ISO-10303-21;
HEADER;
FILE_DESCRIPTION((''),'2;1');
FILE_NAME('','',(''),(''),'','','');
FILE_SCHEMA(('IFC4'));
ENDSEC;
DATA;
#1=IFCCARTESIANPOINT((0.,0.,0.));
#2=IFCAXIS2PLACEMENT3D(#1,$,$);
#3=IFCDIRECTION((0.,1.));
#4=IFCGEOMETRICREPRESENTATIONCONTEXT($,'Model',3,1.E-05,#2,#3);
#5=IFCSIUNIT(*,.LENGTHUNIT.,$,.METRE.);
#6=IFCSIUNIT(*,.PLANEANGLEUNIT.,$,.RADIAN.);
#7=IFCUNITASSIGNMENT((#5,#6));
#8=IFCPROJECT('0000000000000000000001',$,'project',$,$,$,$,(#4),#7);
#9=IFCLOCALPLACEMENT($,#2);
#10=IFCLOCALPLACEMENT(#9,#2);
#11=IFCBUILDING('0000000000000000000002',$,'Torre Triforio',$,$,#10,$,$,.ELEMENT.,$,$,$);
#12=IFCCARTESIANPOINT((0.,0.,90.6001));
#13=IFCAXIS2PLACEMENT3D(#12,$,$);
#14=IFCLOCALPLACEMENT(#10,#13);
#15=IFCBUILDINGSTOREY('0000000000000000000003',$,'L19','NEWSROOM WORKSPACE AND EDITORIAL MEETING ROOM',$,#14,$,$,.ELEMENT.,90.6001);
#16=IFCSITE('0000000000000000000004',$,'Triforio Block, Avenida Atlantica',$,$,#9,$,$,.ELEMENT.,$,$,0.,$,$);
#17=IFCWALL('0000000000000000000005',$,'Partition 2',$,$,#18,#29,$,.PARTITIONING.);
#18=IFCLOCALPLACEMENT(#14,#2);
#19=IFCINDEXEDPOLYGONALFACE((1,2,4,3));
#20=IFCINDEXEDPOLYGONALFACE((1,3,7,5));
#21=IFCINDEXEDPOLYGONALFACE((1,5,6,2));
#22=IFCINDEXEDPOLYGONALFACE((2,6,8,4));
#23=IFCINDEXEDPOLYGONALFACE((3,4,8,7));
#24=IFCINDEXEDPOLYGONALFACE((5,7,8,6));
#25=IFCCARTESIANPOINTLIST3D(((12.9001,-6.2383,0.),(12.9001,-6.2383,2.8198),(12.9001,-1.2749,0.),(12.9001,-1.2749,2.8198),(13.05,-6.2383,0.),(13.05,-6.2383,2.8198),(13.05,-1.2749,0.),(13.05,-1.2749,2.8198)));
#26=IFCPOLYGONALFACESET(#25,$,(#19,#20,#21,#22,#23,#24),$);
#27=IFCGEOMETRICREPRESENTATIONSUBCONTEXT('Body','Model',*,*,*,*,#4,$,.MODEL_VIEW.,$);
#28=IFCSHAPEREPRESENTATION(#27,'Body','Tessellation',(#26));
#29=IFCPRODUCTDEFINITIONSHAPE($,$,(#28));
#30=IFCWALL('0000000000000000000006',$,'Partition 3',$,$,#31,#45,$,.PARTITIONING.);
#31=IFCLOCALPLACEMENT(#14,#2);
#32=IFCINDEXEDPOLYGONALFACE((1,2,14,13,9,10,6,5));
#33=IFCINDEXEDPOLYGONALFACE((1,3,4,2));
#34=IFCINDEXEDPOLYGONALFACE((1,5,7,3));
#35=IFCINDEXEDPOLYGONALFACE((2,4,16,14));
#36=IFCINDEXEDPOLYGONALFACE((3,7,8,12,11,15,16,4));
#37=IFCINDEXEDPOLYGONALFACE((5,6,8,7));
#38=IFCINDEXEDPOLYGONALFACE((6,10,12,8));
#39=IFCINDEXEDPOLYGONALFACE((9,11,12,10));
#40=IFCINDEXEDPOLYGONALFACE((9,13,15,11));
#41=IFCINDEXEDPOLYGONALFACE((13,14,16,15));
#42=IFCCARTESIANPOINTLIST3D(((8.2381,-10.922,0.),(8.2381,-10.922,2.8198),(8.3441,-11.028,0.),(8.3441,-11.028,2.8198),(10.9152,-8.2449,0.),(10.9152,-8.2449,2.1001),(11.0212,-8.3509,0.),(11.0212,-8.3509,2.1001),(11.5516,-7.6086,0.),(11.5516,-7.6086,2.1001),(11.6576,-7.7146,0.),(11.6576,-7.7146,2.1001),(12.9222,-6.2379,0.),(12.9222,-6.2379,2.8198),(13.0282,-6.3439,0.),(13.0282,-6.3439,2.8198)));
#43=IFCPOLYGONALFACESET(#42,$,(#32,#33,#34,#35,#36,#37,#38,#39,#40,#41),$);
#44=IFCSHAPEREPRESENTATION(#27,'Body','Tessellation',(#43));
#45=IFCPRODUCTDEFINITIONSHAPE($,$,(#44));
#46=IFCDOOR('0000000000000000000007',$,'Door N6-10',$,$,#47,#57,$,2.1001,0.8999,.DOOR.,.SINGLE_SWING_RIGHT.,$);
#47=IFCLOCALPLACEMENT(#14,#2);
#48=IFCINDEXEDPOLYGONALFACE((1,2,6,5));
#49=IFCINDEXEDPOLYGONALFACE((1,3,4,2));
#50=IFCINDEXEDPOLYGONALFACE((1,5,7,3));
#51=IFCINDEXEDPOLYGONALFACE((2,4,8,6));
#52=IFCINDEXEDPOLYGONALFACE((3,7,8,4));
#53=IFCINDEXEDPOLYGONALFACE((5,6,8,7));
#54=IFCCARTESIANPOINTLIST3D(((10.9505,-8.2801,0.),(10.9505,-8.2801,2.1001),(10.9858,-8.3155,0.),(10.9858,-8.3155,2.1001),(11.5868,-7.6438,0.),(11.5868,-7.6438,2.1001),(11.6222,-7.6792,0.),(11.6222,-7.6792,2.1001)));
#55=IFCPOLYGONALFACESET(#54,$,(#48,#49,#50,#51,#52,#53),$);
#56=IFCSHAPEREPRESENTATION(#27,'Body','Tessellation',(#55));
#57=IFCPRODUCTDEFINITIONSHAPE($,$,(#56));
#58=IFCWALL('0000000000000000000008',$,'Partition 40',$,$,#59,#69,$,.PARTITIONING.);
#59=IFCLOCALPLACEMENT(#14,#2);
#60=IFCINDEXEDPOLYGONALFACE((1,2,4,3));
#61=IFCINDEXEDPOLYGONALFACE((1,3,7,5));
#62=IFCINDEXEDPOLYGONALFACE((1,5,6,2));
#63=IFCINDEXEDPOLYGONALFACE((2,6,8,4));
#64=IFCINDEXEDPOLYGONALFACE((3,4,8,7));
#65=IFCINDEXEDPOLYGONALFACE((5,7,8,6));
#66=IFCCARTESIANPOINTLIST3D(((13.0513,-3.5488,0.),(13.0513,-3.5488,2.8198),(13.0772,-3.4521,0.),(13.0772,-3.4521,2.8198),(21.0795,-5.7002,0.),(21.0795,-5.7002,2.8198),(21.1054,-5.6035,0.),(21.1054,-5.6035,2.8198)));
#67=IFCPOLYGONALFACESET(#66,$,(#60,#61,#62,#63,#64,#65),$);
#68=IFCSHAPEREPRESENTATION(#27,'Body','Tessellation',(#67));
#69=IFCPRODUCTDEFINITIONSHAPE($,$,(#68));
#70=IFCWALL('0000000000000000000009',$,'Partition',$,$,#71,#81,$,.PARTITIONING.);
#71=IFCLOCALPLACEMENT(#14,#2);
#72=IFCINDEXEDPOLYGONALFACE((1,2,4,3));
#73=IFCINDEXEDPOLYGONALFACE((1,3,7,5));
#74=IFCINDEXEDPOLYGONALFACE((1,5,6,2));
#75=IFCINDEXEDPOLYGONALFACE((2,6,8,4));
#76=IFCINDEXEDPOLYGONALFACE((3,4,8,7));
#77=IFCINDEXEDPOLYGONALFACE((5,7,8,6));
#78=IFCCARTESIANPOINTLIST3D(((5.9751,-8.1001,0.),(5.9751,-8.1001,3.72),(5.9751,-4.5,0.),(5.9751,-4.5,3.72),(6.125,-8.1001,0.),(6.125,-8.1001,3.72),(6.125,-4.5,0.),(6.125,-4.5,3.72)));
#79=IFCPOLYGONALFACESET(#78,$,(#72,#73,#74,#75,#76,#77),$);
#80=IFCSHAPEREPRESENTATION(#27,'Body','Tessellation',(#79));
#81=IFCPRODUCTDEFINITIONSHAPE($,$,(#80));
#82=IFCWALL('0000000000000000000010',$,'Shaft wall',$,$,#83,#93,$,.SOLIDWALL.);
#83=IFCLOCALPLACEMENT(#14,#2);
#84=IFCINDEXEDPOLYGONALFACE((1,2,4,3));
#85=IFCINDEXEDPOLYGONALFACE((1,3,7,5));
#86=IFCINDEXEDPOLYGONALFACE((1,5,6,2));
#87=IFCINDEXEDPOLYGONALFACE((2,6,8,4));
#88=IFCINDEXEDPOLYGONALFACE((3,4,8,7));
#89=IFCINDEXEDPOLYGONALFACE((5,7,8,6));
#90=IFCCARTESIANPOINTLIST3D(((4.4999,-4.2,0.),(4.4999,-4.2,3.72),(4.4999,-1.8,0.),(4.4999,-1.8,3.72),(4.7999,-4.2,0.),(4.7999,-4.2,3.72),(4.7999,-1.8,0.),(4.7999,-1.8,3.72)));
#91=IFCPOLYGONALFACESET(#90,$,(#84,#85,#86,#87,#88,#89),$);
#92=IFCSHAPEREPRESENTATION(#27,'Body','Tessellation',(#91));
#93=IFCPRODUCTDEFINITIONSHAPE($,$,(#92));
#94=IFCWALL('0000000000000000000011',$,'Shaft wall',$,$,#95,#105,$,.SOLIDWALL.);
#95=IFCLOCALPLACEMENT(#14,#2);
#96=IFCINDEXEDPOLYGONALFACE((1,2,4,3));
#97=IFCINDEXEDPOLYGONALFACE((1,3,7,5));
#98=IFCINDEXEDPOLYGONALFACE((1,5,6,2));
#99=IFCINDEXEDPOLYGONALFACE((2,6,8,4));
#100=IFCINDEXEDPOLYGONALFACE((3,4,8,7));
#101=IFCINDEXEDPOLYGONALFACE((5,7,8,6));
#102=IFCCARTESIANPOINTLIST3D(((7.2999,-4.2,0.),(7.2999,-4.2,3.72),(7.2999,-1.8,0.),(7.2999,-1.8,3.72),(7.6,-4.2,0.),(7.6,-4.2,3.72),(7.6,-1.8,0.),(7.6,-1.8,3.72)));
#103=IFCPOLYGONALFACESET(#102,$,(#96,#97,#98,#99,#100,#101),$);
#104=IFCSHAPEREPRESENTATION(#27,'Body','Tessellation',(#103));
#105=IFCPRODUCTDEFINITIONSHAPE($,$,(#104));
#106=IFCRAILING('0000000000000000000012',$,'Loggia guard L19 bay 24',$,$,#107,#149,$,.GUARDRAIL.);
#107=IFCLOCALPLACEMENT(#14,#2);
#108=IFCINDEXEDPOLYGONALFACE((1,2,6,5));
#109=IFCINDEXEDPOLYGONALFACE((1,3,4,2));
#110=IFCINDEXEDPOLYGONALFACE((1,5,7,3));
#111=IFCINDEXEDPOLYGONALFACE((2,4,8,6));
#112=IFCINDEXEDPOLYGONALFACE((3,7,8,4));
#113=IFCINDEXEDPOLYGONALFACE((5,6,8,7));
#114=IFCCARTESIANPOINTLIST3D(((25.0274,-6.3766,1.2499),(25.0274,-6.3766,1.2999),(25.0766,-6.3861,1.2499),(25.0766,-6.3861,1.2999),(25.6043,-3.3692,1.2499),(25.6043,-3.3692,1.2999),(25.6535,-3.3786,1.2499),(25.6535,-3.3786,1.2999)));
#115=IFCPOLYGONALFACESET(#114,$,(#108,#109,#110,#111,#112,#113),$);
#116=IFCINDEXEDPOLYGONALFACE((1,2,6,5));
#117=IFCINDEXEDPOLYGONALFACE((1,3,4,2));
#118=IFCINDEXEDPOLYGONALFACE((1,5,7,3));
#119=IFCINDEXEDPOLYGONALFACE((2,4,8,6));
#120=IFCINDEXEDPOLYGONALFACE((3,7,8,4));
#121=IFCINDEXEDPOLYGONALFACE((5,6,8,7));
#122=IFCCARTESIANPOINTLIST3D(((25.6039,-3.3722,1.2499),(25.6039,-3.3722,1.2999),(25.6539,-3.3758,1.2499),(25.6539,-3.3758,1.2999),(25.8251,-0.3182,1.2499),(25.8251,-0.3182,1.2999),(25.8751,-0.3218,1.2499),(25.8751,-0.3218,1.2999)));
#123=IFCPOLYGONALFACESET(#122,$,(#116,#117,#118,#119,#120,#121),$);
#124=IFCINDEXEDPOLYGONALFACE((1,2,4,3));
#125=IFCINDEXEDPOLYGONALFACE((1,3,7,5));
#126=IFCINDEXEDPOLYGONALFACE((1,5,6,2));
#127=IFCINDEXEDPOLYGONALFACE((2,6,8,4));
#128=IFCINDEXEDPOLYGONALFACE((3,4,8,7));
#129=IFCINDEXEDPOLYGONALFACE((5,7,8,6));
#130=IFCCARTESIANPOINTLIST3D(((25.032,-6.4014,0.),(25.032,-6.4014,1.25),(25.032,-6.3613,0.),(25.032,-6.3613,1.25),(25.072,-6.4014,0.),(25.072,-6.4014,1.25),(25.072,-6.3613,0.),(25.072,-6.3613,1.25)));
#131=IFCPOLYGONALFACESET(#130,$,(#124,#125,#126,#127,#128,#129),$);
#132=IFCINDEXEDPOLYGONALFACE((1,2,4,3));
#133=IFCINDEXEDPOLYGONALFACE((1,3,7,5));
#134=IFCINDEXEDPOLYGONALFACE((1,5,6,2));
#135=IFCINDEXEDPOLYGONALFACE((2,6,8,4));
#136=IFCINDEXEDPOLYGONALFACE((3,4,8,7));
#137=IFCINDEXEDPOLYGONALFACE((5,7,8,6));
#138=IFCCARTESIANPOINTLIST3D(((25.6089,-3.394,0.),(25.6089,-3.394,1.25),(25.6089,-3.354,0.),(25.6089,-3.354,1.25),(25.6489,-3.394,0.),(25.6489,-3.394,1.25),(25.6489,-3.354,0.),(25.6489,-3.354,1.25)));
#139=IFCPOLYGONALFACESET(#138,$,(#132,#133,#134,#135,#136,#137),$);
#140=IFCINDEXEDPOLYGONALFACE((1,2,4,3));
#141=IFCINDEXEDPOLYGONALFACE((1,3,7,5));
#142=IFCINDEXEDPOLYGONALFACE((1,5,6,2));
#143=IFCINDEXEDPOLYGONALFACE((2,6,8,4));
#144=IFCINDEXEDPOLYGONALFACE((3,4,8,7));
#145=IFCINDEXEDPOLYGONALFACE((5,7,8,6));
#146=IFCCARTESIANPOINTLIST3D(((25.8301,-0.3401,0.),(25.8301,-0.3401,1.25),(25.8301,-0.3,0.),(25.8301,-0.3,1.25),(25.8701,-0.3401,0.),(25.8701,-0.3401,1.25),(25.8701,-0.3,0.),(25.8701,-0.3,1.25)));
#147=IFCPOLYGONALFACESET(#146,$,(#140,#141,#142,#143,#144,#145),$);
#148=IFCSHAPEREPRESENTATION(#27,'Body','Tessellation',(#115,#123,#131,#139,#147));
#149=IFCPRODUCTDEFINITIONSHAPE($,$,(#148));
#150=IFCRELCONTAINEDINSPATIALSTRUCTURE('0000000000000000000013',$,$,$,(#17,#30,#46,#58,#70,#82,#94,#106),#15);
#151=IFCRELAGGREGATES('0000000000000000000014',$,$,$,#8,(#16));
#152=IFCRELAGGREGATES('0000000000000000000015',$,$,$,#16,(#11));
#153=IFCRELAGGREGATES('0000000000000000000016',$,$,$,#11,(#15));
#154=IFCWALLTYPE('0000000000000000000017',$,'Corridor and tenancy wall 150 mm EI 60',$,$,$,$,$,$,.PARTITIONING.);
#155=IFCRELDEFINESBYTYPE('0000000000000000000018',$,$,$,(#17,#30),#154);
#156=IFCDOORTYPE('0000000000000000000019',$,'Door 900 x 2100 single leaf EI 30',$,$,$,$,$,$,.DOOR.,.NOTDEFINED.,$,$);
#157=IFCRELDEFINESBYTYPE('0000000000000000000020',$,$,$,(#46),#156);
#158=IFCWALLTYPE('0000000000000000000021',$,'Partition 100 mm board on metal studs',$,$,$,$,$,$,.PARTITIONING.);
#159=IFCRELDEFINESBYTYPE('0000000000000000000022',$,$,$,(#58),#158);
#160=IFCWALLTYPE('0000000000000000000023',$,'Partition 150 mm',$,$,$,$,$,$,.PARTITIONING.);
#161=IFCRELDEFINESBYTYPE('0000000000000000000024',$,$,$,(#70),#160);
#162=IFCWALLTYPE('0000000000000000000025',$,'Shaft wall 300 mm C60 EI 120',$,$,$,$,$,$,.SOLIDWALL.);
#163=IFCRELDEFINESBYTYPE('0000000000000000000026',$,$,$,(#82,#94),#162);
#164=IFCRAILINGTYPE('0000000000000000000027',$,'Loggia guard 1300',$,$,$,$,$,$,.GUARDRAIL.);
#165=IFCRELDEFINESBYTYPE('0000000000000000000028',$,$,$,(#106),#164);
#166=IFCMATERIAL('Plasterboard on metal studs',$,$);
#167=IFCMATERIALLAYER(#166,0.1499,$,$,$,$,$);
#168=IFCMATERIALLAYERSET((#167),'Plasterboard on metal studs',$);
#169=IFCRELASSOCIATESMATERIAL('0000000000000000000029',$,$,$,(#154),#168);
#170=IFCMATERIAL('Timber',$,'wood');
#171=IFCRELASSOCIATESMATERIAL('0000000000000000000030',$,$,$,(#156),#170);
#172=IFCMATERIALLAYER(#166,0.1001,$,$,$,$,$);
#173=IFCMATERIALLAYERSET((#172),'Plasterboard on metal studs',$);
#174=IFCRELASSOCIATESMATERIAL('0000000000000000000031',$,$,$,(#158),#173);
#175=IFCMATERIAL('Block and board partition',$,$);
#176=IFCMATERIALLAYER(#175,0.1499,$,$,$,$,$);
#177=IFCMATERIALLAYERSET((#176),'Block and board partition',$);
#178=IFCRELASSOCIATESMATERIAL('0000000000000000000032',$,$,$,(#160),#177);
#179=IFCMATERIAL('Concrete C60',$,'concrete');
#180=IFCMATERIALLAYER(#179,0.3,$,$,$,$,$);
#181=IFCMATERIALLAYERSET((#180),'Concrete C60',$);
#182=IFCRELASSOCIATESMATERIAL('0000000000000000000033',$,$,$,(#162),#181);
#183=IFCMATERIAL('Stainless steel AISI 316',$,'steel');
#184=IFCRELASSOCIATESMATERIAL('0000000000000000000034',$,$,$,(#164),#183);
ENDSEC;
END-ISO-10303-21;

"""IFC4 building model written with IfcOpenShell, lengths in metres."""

from ifc_helpers import new_model, si_unit, direction, frame, frame_2d, origin, origin_2d, place, context, subcontext, project, spatial, rectangle, extrude, material, layer, layer_set, type_object, element, fill, save


model = new_model("IFC4")

# Units and contexts
model_context = context("Model", 3, precision=1e-05, world=origin(), true_north=direction((0.0, 1.0)))
body_context = subcontext(model_context, "Body", "Model", "MODEL_VIEW")
ifc_project = project(units=[si_unit("LENGTHUNIT", "METRE"), si_unit("PLANEANGLEUNIT", "RADIAN")], contexts=[model_context])

# Site, building, storey
site_placement = place(None, origin())
site = spatial("IfcSite", under=ifc_project, at=site_placement, Name="Triforio Block, Avenida Atlantica", CompositionType="ELEMENT", RefElevation=0.0)
building_placement = place(site_placement, origin())
building = spatial("IfcBuilding", under=site, at=building_placement, Name="Torre Triforio", CompositionType="ELEMENT")
storey_placement = place(building_placement, frame((0.0, 0.0, 90.6001)))
storey = spatial("IfcBuildingStorey", under=building, at=storey_placement, Name="L19", Description="NEWSROOM WORKSPACE AND EDITORIAL MEETING ROOM", CompositionType="ELEMENT", Elevation=90.6001)

# Shared definitions
ifc_material_1 = material(Name="Concrete C60", Category="concrete")

# Shared definitions
ifc_material_2 = material(Name="Plasterboard on metal studs")
ifc_layer_1 = layer(ifc_material_2, 0.1499)
ifc_layer_set_1 = layer_set([ifc_layer_1], Name="Plasterboard on metal studs")
wall_type_1 = type_object("IfcWallType", Name="Corridor and tenancy wall 150 mm EI 60", PredefinedType="PARTITIONING", material=ifc_layer_set_1)
ifc_material_3 = material(Name="Timber", Category="wood")
door_type_1 = type_object("IfcDoorType", Name="Door 900 x 2100 single leaf EI 30", OperationType="NOTDEFINED", PredefinedType="DOOR", material=ifc_material_3)

# Wall
wall_1_placement = place(storey_placement, frame((12.9751, -1.2749, 0.0), z_axis=(0.0, 0.0, 1.0), x_axis=(0.0, -1.0, 0.0)))
element("IfcWall", 1, at=wall_1_placement, inside=storey, type_object=wall_type_1, Name="Partition 2", PredefinedType="PARTITIONING", context=body_context, shape_type="SweptSolid", body=[
    extrude(rectangle(XDim=4.9634, YDim=0.1499, at=frame_2d((2.4817, 0.0))), origin(), (0.0, 0.0, 1.0), 2.8198),
])

# Wall, opening, door
wall_2_placement = place(storey_placement, frame((12.9751, -6.291, 0.0), z_axis=(0.0, 0.0, 1.0), x_axis=(-0.707107, -0.707107, 0.0)))
wall_2 = element("IfcWall", 2, at=wall_2_placement, inside=storey, type_object=wall_type_1, Name="Partition 3", PredefinedType="PARTITIONING", context=body_context, shape_type="SweptSolid", body=[
    extrude(rectangle(XDim=6.6243, YDim=0.1499, at=frame_2d((3.312, 0.0))), origin(), (0.0, 0.0, 1.0), 2.8198),
])
opening_1_placement = place(wall_2_placement, frame((1.9382, 0.0, 0.0)))
opening_1 = element("IfcOpeningElement", 3, at=opening_1_placement, cuts=wall_2, PredefinedType="OPENING", context=body_context, shape_type="SweptSolid", body=[
    extrude(rectangle(XDim=0.8999, YDim=2.1001, at=frame_2d((0.45, 1.05))), frame((0.0, 0.085, 0.0), z_axis=(0.0, -1.0, 0.0), x_axis=(1.0, 0.0, 0.0)), (0.0, 0.0, 1.0), 0.1699),
])
door_1_placement = place(opening_1_placement, origin())
door_1 = element("IfcDoor", 4, at=door_1_placement, inside=storey, type_object=door_type_1, Name="Door N6-10", OperationType="SINGLE_SWING_RIGHT", OverallHeight=2.1001, OverallWidth=0.8999, PredefinedType="DOOR", context=body_context, shape_type="SweptSolid", body=[
    extrude(rectangle(XDim=0.8999, YDim=2.1001, at=frame_2d((0.45, 1.05))), frame((0.0, 0.0249, 0.0), z_axis=(0.0, -1.0, 0.0), x_axis=(1.0, 0.0, 0.0)), (0.0, 0.0, 1.0), 0.05),
])
fill(opening_1, door_1)

# Walls
ifc_layer_2 = layer(ifc_material_2, 0.1001)
ifc_layer_set_2 = layer_set([ifc_layer_2], Name="Plasterboard on metal studs")
wall_type_2 = type_object("IfcWallType", Name="Partition 100 mm board on metal studs", PredefinedType="PARTITIONING", material=ifc_layer_set_2)
wall_3_placement = place(storey_placement, frame((13.0642, -3.5005, 0.0), z_axis=(0.0, 0.0, 1.0), x_axis=(0.96592, -0.25884, 0.0)))
element("IfcWall", 5, at=wall_3_placement, inside=storey, type_object=wall_type_2, Name="Partition 40", PredefinedType="PARTITIONING", context=body_context, shape_type="SweptSolid", body=[
    extrude(rectangle(XDim=8.3115, YDim=0.1001, at=frame_2d((4.1558, 0.0))), origin(), (0.0, 0.0, 1.0), 2.8198),
])
ifc_material_4 = material(Name="Block and board partition")
ifc_layer_3 = layer(ifc_material_4, 0.1499)
ifc_layer_set_3 = layer_set([ifc_layer_3], Name="Block and board partition")
wall_type_3 = type_object("IfcWallType", Name="Partition 150 mm", PredefinedType="PARTITIONING", material=ifc_layer_set_3)
wall_4_placement = place(storey_placement, frame((6.05, -8.1001, 0.0), z_axis=(0.0, 0.0, 1.0), x_axis=(0.0, 1.0, 0.0)))
element("IfcWall", 6, at=wall_4_placement, inside=storey, type_object=wall_type_3, Name="Partition", PredefinedType="PARTITIONING", context=body_context, shape_type="SweptSolid", body=[
    extrude(rectangle(XDim=3.6001, YDim=0.1499, at=frame_2d((1.8, 0.0))), origin(), (0.0, 0.0, 1.0), 3.72),
])
ifc_layer_4 = layer(ifc_material_1, 0.3)
ifc_layer_set_4 = layer_set([ifc_layer_4], Name="Concrete C60")
wall_type_4 = type_object("IfcWallType", Name="Shaft wall 300 mm C60 EI 120", PredefinedType="SOLIDWALL", material=ifc_layer_set_4)
for number, where, z_axis, x_axis, name in (
    (7, (4.6499, -4.2, 0.0), (0.0, 0.0, 1.0), (0.0, 1.0, 0.0), "Shaft wall"),
    (8, (7.45, -4.2, 0.0), (0.0, 0.0, 1.0), (0.0, 1.0, 0.0), "Shaft wall"),
):
    element("IfcWall", number, at=place(storey_placement, frame(where, z_axis=z_axis, x_axis=x_axis)), inside=storey, type_object=wall_type_4, Name=name, PredefinedType="SOLIDWALL", context=body_context, shape_type="SweptSolid", body=[
        extrude(rectangle(XDim=2.3999, YDim=0.3, at=frame_2d((1.2, 0.0))), origin(), (0.0, 0.0, 1.0), 3.72),
    ])

# Railing
ifc_material_5 = material(Name="Stainless steel AISI 316", Category="steel")
railing_type = type_object("IfcRailingType", Name="Loggia guard 1300", PredefinedType="GUARDRAIL", material=ifc_material_5)
railing_placement = place(storey_placement, frame((25.052, -6.3813, 0.0)))
element("IfcRailing", 9, at=railing_placement, inside=storey, type_object=railing_type, Name="Loggia guard L19 bay 24", PredefinedType="GUARDRAIL", context=body_context, shape_type="SweptSolid", body=[
    extrude(rectangle(XDim=0.05, YDim=0.05, at=origin_2d()), frame((0.0, 0.0, 1.2749), z_axis=(0.188398, 0.982093, 0.0), x_axis=(-0.982093, 0.188398, 0.0)), (0.0, 0.0, 1.0), 3.0623),
    extrude(rectangle(XDim=0.05, YDim=0.05, at=origin_2d()), frame((0.5769, 3.0073, 1.2749), z_axis=(0.072239, 0.997387, 0.0), x_axis=(-0.997387, 0.072239, 0.0)), (0.0, 0.0, 1.0), 3.062),
    extrude(rectangle(XDim=0.04, YDim=0.04, at=origin_2d()), origin(), (0.0, 0.0, 1.0), 1.25),
    extrude(rectangle(XDim=0.04, YDim=0.04, at=origin_2d()), frame((0.5769, 3.0073, 0.0)), (0.0, 0.0, 1.0), 1.25),
    extrude(rectangle(XDim=0.04, YDim=0.04, at=origin_2d()), frame((0.7981, 6.0613, 0.0)), (0.0, 0.0, 1.0), 1.25),
])

save(model, "model.ifc")
